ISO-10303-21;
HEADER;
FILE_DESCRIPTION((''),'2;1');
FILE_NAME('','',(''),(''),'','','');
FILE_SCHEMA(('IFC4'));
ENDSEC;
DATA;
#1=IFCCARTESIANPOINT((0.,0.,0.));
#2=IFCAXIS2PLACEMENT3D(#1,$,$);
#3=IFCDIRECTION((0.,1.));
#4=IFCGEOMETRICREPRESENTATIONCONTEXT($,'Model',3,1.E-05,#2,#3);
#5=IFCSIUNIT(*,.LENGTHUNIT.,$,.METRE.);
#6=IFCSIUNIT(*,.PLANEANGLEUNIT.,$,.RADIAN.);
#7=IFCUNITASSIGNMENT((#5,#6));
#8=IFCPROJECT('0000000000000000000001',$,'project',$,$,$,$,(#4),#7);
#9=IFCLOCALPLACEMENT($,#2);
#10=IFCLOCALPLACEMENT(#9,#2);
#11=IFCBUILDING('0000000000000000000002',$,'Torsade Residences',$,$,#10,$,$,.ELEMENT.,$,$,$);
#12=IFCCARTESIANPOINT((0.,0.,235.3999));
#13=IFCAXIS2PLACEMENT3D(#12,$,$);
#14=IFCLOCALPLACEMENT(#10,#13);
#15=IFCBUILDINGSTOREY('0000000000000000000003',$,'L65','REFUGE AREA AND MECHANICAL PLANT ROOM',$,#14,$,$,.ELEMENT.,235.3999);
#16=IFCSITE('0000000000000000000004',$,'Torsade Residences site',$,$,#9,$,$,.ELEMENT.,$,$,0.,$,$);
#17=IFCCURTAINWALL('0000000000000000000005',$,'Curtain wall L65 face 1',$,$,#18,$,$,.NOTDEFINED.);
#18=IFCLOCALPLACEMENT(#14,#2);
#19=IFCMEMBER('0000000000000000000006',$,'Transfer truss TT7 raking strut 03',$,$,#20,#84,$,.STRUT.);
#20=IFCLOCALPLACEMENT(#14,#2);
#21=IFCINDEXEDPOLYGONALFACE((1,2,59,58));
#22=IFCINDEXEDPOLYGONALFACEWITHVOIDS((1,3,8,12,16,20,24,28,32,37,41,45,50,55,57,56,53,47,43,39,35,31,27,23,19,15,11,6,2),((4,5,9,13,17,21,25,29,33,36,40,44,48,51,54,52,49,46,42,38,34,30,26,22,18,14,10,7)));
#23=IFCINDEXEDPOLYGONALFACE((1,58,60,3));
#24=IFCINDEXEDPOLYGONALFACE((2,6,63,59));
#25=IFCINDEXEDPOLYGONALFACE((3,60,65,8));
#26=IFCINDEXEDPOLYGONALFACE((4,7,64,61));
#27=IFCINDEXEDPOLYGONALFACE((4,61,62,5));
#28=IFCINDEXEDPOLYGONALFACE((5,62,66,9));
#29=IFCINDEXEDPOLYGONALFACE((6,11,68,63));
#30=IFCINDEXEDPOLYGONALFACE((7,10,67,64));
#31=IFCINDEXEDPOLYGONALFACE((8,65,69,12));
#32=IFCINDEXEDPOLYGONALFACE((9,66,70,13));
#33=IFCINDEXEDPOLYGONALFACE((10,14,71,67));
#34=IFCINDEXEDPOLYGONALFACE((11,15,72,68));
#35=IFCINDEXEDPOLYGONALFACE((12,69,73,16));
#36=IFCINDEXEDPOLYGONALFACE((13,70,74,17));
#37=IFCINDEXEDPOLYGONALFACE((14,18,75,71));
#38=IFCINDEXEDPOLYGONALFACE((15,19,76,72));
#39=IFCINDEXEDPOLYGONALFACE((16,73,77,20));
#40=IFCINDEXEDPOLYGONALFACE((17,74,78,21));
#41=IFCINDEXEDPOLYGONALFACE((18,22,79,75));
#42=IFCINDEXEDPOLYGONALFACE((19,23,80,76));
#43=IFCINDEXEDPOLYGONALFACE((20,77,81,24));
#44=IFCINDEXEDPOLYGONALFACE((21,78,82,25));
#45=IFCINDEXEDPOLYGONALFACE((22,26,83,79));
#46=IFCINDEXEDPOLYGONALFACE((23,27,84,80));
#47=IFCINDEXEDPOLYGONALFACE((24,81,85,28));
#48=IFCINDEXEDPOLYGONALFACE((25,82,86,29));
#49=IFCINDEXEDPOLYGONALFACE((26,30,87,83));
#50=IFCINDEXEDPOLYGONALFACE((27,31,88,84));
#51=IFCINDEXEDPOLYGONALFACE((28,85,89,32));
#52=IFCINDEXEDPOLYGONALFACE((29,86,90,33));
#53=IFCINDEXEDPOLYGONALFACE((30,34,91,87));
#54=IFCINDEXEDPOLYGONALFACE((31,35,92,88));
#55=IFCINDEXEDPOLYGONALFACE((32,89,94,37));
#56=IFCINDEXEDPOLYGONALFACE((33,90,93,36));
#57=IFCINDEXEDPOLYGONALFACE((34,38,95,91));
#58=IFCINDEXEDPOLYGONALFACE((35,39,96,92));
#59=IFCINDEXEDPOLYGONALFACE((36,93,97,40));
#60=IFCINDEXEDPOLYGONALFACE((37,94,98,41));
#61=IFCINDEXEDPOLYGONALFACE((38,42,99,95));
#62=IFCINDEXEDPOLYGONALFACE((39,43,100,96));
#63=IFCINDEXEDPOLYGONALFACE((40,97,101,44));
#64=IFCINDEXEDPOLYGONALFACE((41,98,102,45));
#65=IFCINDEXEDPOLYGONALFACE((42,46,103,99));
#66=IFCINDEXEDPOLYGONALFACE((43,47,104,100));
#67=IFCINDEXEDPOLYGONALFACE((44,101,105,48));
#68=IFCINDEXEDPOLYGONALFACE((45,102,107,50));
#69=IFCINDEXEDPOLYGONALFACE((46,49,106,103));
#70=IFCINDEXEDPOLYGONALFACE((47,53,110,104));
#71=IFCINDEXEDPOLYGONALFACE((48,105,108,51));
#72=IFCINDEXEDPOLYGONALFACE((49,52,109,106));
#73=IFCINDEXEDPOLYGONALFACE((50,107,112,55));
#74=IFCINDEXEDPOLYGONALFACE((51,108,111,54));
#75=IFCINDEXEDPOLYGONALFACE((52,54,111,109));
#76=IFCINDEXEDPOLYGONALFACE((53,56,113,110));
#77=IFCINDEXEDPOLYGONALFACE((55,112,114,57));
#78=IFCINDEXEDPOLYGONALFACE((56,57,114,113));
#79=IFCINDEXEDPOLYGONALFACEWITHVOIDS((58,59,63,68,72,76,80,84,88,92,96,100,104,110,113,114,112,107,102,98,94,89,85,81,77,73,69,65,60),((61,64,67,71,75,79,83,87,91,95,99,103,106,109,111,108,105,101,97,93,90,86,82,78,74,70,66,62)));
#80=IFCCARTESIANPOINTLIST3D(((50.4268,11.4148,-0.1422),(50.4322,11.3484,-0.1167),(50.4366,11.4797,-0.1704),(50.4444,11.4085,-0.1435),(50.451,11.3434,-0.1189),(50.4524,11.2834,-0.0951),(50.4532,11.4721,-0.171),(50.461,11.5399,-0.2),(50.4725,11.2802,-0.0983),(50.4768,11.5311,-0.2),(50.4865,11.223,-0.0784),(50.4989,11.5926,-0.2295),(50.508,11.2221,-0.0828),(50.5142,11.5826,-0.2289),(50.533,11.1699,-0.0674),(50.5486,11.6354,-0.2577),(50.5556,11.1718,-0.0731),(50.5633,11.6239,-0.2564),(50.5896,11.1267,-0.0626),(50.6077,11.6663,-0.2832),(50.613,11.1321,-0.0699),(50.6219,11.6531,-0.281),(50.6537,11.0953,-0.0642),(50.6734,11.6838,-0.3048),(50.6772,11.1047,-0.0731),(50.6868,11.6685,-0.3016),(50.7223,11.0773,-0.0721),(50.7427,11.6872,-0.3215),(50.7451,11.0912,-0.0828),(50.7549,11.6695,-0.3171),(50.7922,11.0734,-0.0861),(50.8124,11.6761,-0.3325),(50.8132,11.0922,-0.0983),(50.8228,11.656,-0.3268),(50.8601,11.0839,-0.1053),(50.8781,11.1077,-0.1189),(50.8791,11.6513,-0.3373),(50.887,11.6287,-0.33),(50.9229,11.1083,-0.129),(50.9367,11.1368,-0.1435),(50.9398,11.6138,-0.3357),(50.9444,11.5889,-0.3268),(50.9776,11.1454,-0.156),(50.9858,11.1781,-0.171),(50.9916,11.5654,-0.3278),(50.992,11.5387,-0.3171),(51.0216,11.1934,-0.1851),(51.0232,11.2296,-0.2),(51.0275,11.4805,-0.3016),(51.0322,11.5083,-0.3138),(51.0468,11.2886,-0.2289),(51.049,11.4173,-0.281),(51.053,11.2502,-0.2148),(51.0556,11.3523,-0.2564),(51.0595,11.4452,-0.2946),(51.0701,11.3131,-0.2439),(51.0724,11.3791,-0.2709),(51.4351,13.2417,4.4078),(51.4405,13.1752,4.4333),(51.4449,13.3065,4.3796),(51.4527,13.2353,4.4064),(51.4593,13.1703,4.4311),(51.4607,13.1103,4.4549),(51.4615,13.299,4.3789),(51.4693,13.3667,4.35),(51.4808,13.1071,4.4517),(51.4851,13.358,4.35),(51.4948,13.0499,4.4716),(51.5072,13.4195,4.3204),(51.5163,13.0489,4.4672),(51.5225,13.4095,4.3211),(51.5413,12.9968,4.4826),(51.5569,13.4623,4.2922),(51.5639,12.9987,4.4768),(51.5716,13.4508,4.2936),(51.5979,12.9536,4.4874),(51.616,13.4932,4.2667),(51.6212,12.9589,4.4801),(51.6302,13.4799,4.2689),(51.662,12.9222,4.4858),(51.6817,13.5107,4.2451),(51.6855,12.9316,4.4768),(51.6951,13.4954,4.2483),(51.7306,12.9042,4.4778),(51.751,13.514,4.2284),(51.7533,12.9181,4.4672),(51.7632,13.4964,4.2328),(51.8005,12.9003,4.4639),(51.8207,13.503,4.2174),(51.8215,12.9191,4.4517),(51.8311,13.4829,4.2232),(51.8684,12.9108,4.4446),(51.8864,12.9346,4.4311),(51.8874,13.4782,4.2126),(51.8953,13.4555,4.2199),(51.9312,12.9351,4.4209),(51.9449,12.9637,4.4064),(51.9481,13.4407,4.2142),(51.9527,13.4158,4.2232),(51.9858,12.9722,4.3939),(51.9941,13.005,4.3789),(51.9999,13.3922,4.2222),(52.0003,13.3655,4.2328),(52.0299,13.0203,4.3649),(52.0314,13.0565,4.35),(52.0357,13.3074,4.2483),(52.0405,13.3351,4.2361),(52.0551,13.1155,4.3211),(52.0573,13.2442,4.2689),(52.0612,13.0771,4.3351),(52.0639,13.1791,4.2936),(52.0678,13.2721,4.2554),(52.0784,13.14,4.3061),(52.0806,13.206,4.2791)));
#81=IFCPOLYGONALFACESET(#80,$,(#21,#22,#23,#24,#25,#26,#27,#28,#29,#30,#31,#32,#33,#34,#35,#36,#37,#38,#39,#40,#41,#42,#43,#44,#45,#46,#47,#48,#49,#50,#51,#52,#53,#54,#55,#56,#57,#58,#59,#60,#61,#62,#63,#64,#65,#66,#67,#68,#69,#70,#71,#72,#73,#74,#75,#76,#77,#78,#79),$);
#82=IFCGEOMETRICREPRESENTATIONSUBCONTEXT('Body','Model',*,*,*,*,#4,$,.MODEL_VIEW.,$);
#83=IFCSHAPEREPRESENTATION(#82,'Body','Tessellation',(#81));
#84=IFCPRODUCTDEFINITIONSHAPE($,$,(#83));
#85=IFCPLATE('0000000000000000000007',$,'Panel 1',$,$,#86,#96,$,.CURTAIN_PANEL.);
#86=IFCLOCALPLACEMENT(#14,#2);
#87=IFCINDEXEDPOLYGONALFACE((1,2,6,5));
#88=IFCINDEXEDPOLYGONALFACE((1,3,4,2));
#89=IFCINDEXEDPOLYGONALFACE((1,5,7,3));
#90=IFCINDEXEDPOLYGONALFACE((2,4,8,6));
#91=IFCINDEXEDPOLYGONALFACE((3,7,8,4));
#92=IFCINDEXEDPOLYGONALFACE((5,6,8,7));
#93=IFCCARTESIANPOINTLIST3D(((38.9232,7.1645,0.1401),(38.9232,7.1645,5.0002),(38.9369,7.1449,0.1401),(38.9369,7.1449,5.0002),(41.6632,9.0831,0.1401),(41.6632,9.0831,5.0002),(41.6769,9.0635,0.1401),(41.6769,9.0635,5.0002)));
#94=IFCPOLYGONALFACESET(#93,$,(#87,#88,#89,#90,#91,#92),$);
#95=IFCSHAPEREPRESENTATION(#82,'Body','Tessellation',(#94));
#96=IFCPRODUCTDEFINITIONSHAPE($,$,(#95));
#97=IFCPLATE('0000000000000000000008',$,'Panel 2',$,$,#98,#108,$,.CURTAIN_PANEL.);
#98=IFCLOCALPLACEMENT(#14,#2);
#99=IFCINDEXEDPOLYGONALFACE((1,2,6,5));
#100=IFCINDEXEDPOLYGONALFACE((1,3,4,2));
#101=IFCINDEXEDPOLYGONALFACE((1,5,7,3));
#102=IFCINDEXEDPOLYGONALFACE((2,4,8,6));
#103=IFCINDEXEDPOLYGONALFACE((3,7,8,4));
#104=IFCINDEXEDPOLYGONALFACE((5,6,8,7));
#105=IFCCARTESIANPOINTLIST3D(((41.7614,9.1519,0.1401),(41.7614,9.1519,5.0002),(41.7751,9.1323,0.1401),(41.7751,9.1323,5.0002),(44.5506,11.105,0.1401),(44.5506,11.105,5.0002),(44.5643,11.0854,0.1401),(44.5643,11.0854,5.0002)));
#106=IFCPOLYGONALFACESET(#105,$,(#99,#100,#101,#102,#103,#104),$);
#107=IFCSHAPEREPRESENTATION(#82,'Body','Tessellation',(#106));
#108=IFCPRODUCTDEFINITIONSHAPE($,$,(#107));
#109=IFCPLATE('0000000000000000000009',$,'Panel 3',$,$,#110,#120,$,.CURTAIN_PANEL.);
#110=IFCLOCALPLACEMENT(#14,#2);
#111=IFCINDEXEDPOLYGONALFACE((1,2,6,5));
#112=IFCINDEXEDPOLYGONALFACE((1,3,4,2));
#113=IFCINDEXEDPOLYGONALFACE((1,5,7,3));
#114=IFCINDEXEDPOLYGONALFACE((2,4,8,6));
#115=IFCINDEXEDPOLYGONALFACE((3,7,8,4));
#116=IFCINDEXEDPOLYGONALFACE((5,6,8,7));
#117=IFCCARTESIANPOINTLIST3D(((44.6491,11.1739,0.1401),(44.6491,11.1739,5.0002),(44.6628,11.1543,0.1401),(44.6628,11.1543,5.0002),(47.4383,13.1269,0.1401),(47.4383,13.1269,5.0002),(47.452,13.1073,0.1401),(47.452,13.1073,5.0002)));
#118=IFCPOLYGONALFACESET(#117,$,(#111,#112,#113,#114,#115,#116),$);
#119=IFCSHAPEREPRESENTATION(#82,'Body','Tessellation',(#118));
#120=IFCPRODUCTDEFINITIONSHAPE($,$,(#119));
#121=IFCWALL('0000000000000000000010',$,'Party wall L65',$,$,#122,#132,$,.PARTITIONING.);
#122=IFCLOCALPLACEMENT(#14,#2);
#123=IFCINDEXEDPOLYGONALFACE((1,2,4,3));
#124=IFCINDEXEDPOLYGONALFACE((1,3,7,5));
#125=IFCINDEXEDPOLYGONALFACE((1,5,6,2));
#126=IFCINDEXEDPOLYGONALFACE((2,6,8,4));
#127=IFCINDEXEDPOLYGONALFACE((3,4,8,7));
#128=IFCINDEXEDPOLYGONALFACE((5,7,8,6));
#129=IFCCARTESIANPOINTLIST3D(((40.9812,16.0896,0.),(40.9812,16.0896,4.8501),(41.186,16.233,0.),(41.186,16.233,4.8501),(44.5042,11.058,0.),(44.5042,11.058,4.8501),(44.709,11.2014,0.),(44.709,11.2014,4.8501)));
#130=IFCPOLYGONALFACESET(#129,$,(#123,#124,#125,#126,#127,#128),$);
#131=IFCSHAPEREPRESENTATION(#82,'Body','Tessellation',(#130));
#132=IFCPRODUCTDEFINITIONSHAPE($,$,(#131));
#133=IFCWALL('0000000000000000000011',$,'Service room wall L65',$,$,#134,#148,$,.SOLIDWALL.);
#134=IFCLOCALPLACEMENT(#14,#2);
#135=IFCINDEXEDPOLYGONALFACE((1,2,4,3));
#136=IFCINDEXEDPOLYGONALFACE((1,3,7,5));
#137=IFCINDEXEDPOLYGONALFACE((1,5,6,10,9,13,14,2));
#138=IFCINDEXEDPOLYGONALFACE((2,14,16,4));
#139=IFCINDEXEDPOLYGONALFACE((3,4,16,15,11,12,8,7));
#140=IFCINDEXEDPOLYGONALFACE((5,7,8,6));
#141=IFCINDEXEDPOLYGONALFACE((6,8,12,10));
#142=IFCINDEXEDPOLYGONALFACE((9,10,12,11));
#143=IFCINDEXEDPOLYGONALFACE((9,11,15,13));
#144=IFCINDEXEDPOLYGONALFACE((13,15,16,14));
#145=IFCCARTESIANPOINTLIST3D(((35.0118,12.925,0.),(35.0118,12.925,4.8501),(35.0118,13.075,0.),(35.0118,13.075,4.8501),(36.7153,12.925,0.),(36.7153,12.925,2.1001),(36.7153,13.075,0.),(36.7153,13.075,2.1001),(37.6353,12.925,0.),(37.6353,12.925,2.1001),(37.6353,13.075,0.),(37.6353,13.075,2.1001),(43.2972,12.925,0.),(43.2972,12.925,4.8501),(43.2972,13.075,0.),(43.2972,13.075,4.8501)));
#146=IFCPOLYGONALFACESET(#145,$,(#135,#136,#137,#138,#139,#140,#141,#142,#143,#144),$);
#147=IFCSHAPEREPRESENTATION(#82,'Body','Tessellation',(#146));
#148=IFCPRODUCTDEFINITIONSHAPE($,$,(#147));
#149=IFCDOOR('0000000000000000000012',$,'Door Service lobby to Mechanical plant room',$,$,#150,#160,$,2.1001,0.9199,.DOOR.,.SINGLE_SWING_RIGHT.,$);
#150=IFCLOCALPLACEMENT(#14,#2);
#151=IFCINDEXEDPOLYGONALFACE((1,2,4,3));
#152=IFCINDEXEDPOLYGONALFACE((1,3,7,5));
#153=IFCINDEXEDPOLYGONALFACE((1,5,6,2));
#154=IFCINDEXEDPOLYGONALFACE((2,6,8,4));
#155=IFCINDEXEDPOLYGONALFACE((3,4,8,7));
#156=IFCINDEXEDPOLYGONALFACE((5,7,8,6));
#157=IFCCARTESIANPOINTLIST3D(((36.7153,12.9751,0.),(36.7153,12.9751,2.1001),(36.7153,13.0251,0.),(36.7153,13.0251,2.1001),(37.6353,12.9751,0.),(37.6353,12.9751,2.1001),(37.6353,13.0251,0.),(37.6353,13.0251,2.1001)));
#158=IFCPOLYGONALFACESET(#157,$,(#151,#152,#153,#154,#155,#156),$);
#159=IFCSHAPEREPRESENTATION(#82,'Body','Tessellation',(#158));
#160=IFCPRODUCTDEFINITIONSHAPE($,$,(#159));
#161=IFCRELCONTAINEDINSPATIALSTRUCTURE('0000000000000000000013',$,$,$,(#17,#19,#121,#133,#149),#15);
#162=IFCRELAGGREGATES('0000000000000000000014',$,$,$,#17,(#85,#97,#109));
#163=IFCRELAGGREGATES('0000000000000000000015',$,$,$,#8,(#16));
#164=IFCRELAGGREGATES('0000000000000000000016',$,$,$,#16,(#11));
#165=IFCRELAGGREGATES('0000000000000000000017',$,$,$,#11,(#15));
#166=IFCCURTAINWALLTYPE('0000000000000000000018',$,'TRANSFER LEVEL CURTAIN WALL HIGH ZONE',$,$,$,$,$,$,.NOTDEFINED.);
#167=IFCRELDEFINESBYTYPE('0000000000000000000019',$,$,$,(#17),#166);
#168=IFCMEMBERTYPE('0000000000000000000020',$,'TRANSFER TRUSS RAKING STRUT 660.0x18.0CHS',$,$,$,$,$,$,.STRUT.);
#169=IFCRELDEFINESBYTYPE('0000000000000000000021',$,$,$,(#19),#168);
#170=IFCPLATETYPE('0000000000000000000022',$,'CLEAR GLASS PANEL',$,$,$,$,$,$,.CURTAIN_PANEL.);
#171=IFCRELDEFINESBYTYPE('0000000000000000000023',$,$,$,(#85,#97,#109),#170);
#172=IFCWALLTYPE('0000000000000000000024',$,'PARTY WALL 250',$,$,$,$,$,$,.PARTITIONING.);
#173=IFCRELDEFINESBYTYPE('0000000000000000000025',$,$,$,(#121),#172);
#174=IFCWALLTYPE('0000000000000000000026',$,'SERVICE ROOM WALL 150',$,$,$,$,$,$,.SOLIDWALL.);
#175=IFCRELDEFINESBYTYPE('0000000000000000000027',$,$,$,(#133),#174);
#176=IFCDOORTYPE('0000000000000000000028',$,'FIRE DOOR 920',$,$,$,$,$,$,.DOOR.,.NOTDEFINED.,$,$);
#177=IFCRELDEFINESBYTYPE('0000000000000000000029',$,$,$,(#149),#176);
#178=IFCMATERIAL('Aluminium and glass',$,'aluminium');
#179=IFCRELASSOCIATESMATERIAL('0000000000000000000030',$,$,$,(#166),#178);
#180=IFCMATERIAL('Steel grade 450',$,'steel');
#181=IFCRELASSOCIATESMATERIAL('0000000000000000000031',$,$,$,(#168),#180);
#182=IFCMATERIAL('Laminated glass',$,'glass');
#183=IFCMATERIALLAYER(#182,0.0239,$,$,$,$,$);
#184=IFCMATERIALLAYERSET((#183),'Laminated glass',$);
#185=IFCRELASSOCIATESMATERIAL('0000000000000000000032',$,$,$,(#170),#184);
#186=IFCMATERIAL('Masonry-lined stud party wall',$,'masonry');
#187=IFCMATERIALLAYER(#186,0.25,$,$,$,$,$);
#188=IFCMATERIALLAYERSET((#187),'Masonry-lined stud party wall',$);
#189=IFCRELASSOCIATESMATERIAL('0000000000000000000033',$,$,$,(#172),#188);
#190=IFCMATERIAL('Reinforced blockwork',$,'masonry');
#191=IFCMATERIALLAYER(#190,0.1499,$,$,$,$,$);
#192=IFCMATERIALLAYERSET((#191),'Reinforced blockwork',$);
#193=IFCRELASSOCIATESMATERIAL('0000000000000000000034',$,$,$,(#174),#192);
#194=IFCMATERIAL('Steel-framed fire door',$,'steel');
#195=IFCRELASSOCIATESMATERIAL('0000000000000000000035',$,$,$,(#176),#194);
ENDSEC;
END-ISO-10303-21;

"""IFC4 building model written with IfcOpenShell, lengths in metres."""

from ifc_helpers import new_model, si_unit, direction, frame, frame_2d, origin, origin_2d, place, context, subcontext, project, spatial, rectangle, hollow_circle, extrude, material, layer, layer_set, material_profile, profile_set, type_object, element, fill, aggregate, save


model = new_model("IFC4")

# Units and contexts
model_context = context("Model", 3, precision=1e-05, world=origin(), true_north=direction((0.0, 1.0)))
body_context = subcontext(model_context, "Body", "Model", "MODEL_VIEW")
ifc_project = project(units=[si_unit("LENGTHUNIT", "METRE"), si_unit("PLANEANGLEUNIT", "RADIAN")], contexts=[model_context])

# Site, building, storey
site_placement = place(None, origin())
site = spatial("IfcSite", under=ifc_project, at=site_placement, Name="Torsade Residences site", CompositionType="ELEMENT", RefElevation=0.0)
building_placement = place(site_placement, origin())
building = spatial("IfcBuilding", under=site, at=building_placement, Name="Torsade Residences", CompositionType="ELEMENT")
storey_placement = place(building_placement, frame((0.0, 0.0, 235.3999)))
storey = spatial("IfcBuildingStorey", under=building, at=storey_placement, Name="L65", Description="REFUGE AREA AND MECHANICAL PLANT ROOM", CompositionType="ELEMENT", Elevation=235.3999)

# Curtain wall
ifc_material_1 = material(Name="Aluminium and glass", Category="aluminium")
curtain_wall_type = type_object("IfcCurtainWallType", Name="TRANSFER LEVEL CURTAIN WALL HIGH ZONE", PredefinedType="NOTDEFINED", material=ifc_material_1)
curtain_wall_placement = place(storey_placement, origin())
curtain_wall = element("IfcCurtainWall", 1, at=curtain_wall_placement, inside=storey, type_object=curtain_wall_type, Name="Curtain wall L65 face 1", PredefinedType="NOTDEFINED")

# Member
ifc_material_2 = material(Name="Steel grade 450", Category="steel")
ifc_material_profile_1 = material_profile(ifc_material_2, hollow_circle(Radius=0.3301, WallThickness=0.0181, at=origin_2d()), Name="660.0x18.0CHS")
ifc_profile_set_1 = profile_set([ifc_material_profile_1], Name="Steel grade 450")
member_type_1 = type_object("IfcMemberType", Name="TRANSFER TRUSS RAKING STRUT 660.0x18.0CHS", PredefinedType="STRUT", material=ifc_profile_set_1)
member_1_placement = place(storey_placement, frame((50.75, 11.3804, -0.2), z_axis=(0.20143, 0.364964, 0.908971), x_axis=(-0.875506, 0.483207, 0.0)))
element("IfcMember", 2, at=member_1_placement, inside=storey, type_object=member_type_1, Name="Transfer truss TT7 raking strut 03", PredefinedType="STRUT", context=body_context, shape_type="SweptSolid", body=[
    extrude(hollow_circle(Radius=0.3301, WallThickness=0.0181, at=origin_2d()), origin(), (0.0, 0.0, 1.0), 5.0056),
])

# Plates
ifc_material_3 = material(Name="Laminated glass", Category="glass")
ifc_layer_1 = layer(ifc_material_3, 0.0239)
ifc_layer_set_1 = layer_set([ifc_layer_1], Name="Laminated glass")
plate_type = type_object("IfcPlateType", Name="CLEAR GLASS PANEL", PredefinedType="CURTAIN_PANEL", material=ifc_layer_set_1)
plate_1_placement = place(storey_placement, frame((40.3, 8.114, 0.1401), z_axis=(0.0, 0.0, 1.0), x_axis=(0.819152, 0.573576, 0.0)))
plate_1 = element("IfcPlate", 3, at=plate_1_placement, type_object=plate_type, Name="Panel 1", PredefinedType="CURTAIN_PANEL", context=body_context, shape_type="SweptSolid", body=[
    extrude(rectangle(XDim=3.345, YDim=0.0239, at=origin_2d()), origin(), (0.0, 0.0, 1.0), 4.8601),
])
plate_2_placement = place(storey_placement, frame((43.1628, 10.1187, 0.1401), z_axis=(0.0, 0.0, 1.0), x_axis=(0.819152, 0.573576, 0.0)))
plate_2 = element("IfcPlate", 4, at=plate_2_placement, type_object=plate_type, Name="Panel 2", PredefinedType="CURTAIN_PANEL", context=body_context, shape_type="SweptSolid", body=[
    extrude(rectangle(XDim=3.405, YDim=0.0239, at=origin_2d()), origin(), (0.0, 0.0, 1.0), 4.8601),
])
plate_3_placement = place(storey_placement, frame((46.0505, 12.1406, 0.1401), z_axis=(0.0, 0.0, 1.0), x_axis=(0.819152, 0.573576, 0.0)))
plate_3 = element("IfcPlate", 5, at=plate_3_placement, type_object=plate_type, Name="Panel 3", PredefinedType="CURTAIN_PANEL", context=body_context, shape_type="SweptSolid", body=[
    extrude(rectangle(XDim=3.405, YDim=0.0239, at=origin_2d()), origin(), (0.0, 0.0, 1.0), 4.8601),
])
aggregate(curtain_wall, [plate_1, plate_2, plate_3])

# Wall
ifc_material_4 = material(Name="Masonry-lined stud party wall", Category="masonry")
ifc_layer_2 = layer(ifc_material_4, 0.25)
ifc_layer_set_2 = layer_set([ifc_layer_2], Name="Masonry-lined stud party wall")
wall_type_1 = type_object("IfcWallType", Name="PARTY WALL 250", PredefinedType="PARTITIONING", material=ifc_layer_set_2)
wall_1_placement = place(storey_placement, frame((44.6067, 11.1296, 0.0), z_axis=(0.0, 0.0, 1.0), x_axis=(-0.573561, 0.819163, 0.0)))
element("IfcWall", 6, at=wall_1_placement, inside=storey, type_object=wall_type_1, Name="Party wall L65", PredefinedType="PARTITIONING", context=body_context, shape_type="SweptSolid", body=[
    extrude(rectangle(XDim=6.1423, YDim=0.25, at=frame_2d((3.0713, 0.0))), origin(), (0.0, 0.0, 1.0), 4.8501),
])

# Wall, opening, door
ifc_material_5 = material(Name="Reinforced blockwork", Category="masonry")
ifc_layer_3 = layer(ifc_material_5, 0.1499)
ifc_layer_set_3 = layer_set([ifc_layer_3], Name="Reinforced blockwork")
wall_type_2 = type_object("IfcWallType", Name="SERVICE ROOM WALL 150", PredefinedType="SOLIDWALL", material=ifc_layer_set_3)
wall_2_placement = place(storey_placement, frame((43.2971, 13.0, 0.0), z_axis=(0.0, 0.0, 1.0), x_axis=(-1.0, 0.0, 0.0)))
wall_2 = element("IfcWall", 7, at=wall_2_placement, inside=storey, type_object=wall_type_2, Name="Service room wall L65", PredefinedType="SOLIDWALL", context=body_context, shape_type="SweptSolid", body=[
    extrude(rectangle(XDim=8.2854, YDim=0.1499, at=frame_2d((4.1426, 0.0))), origin(), (0.0, 0.0, 1.0), 4.8501),
])
opening_placement = place(wall_2_placement, frame((5.6619, 0.0, 0.0)))
opening = element("IfcOpeningElement", 8, at=opening_placement, cuts=wall_2, PredefinedType="OPENING", context=body_context, shape_type="SweptSolid", body=[
    extrude(rectangle(XDim=0.9199, YDim=2.1001, at=frame_2d((0.46, 1.05))), frame((0.0, 0.085, 0.0), z_axis=(0.0, -1.0, 0.0), x_axis=(1.0, 0.0, 0.0)), (0.0, 0.0, 1.0), 0.1699),
])
ifc_material_6 = material(Name="Steel-framed fire door", Category="steel")
door_type = type_object("IfcDoorType", Name="FIRE DOOR 920", OperationType="NOTDEFINED", PredefinedType="DOOR", material=ifc_material_6)
door_placement = place(opening_placement, origin())
door = element("IfcDoor", 9, at=door_placement, inside=storey, type_object=door_type, Name="Door Service lobby to Mechanical plant room", OperationType="SINGLE_SWING_RIGHT", OverallHeight=2.1001, OverallWidth=0.9199, PredefinedType="DOOR", context=body_context, shape_type="SweptSolid", body=[
    extrude(rectangle(XDim=0.9199, YDim=2.1001, at=frame_2d((0.46, 1.05))), frame((0.0, 0.0249, 0.0), z_axis=(0.0, -1.0, 0.0), x_axis=(1.0, 0.0, 0.0)), (0.0, 0.0, 1.0), 0.05),
])
fill(opening, door)

save(model, "model.ifc")
